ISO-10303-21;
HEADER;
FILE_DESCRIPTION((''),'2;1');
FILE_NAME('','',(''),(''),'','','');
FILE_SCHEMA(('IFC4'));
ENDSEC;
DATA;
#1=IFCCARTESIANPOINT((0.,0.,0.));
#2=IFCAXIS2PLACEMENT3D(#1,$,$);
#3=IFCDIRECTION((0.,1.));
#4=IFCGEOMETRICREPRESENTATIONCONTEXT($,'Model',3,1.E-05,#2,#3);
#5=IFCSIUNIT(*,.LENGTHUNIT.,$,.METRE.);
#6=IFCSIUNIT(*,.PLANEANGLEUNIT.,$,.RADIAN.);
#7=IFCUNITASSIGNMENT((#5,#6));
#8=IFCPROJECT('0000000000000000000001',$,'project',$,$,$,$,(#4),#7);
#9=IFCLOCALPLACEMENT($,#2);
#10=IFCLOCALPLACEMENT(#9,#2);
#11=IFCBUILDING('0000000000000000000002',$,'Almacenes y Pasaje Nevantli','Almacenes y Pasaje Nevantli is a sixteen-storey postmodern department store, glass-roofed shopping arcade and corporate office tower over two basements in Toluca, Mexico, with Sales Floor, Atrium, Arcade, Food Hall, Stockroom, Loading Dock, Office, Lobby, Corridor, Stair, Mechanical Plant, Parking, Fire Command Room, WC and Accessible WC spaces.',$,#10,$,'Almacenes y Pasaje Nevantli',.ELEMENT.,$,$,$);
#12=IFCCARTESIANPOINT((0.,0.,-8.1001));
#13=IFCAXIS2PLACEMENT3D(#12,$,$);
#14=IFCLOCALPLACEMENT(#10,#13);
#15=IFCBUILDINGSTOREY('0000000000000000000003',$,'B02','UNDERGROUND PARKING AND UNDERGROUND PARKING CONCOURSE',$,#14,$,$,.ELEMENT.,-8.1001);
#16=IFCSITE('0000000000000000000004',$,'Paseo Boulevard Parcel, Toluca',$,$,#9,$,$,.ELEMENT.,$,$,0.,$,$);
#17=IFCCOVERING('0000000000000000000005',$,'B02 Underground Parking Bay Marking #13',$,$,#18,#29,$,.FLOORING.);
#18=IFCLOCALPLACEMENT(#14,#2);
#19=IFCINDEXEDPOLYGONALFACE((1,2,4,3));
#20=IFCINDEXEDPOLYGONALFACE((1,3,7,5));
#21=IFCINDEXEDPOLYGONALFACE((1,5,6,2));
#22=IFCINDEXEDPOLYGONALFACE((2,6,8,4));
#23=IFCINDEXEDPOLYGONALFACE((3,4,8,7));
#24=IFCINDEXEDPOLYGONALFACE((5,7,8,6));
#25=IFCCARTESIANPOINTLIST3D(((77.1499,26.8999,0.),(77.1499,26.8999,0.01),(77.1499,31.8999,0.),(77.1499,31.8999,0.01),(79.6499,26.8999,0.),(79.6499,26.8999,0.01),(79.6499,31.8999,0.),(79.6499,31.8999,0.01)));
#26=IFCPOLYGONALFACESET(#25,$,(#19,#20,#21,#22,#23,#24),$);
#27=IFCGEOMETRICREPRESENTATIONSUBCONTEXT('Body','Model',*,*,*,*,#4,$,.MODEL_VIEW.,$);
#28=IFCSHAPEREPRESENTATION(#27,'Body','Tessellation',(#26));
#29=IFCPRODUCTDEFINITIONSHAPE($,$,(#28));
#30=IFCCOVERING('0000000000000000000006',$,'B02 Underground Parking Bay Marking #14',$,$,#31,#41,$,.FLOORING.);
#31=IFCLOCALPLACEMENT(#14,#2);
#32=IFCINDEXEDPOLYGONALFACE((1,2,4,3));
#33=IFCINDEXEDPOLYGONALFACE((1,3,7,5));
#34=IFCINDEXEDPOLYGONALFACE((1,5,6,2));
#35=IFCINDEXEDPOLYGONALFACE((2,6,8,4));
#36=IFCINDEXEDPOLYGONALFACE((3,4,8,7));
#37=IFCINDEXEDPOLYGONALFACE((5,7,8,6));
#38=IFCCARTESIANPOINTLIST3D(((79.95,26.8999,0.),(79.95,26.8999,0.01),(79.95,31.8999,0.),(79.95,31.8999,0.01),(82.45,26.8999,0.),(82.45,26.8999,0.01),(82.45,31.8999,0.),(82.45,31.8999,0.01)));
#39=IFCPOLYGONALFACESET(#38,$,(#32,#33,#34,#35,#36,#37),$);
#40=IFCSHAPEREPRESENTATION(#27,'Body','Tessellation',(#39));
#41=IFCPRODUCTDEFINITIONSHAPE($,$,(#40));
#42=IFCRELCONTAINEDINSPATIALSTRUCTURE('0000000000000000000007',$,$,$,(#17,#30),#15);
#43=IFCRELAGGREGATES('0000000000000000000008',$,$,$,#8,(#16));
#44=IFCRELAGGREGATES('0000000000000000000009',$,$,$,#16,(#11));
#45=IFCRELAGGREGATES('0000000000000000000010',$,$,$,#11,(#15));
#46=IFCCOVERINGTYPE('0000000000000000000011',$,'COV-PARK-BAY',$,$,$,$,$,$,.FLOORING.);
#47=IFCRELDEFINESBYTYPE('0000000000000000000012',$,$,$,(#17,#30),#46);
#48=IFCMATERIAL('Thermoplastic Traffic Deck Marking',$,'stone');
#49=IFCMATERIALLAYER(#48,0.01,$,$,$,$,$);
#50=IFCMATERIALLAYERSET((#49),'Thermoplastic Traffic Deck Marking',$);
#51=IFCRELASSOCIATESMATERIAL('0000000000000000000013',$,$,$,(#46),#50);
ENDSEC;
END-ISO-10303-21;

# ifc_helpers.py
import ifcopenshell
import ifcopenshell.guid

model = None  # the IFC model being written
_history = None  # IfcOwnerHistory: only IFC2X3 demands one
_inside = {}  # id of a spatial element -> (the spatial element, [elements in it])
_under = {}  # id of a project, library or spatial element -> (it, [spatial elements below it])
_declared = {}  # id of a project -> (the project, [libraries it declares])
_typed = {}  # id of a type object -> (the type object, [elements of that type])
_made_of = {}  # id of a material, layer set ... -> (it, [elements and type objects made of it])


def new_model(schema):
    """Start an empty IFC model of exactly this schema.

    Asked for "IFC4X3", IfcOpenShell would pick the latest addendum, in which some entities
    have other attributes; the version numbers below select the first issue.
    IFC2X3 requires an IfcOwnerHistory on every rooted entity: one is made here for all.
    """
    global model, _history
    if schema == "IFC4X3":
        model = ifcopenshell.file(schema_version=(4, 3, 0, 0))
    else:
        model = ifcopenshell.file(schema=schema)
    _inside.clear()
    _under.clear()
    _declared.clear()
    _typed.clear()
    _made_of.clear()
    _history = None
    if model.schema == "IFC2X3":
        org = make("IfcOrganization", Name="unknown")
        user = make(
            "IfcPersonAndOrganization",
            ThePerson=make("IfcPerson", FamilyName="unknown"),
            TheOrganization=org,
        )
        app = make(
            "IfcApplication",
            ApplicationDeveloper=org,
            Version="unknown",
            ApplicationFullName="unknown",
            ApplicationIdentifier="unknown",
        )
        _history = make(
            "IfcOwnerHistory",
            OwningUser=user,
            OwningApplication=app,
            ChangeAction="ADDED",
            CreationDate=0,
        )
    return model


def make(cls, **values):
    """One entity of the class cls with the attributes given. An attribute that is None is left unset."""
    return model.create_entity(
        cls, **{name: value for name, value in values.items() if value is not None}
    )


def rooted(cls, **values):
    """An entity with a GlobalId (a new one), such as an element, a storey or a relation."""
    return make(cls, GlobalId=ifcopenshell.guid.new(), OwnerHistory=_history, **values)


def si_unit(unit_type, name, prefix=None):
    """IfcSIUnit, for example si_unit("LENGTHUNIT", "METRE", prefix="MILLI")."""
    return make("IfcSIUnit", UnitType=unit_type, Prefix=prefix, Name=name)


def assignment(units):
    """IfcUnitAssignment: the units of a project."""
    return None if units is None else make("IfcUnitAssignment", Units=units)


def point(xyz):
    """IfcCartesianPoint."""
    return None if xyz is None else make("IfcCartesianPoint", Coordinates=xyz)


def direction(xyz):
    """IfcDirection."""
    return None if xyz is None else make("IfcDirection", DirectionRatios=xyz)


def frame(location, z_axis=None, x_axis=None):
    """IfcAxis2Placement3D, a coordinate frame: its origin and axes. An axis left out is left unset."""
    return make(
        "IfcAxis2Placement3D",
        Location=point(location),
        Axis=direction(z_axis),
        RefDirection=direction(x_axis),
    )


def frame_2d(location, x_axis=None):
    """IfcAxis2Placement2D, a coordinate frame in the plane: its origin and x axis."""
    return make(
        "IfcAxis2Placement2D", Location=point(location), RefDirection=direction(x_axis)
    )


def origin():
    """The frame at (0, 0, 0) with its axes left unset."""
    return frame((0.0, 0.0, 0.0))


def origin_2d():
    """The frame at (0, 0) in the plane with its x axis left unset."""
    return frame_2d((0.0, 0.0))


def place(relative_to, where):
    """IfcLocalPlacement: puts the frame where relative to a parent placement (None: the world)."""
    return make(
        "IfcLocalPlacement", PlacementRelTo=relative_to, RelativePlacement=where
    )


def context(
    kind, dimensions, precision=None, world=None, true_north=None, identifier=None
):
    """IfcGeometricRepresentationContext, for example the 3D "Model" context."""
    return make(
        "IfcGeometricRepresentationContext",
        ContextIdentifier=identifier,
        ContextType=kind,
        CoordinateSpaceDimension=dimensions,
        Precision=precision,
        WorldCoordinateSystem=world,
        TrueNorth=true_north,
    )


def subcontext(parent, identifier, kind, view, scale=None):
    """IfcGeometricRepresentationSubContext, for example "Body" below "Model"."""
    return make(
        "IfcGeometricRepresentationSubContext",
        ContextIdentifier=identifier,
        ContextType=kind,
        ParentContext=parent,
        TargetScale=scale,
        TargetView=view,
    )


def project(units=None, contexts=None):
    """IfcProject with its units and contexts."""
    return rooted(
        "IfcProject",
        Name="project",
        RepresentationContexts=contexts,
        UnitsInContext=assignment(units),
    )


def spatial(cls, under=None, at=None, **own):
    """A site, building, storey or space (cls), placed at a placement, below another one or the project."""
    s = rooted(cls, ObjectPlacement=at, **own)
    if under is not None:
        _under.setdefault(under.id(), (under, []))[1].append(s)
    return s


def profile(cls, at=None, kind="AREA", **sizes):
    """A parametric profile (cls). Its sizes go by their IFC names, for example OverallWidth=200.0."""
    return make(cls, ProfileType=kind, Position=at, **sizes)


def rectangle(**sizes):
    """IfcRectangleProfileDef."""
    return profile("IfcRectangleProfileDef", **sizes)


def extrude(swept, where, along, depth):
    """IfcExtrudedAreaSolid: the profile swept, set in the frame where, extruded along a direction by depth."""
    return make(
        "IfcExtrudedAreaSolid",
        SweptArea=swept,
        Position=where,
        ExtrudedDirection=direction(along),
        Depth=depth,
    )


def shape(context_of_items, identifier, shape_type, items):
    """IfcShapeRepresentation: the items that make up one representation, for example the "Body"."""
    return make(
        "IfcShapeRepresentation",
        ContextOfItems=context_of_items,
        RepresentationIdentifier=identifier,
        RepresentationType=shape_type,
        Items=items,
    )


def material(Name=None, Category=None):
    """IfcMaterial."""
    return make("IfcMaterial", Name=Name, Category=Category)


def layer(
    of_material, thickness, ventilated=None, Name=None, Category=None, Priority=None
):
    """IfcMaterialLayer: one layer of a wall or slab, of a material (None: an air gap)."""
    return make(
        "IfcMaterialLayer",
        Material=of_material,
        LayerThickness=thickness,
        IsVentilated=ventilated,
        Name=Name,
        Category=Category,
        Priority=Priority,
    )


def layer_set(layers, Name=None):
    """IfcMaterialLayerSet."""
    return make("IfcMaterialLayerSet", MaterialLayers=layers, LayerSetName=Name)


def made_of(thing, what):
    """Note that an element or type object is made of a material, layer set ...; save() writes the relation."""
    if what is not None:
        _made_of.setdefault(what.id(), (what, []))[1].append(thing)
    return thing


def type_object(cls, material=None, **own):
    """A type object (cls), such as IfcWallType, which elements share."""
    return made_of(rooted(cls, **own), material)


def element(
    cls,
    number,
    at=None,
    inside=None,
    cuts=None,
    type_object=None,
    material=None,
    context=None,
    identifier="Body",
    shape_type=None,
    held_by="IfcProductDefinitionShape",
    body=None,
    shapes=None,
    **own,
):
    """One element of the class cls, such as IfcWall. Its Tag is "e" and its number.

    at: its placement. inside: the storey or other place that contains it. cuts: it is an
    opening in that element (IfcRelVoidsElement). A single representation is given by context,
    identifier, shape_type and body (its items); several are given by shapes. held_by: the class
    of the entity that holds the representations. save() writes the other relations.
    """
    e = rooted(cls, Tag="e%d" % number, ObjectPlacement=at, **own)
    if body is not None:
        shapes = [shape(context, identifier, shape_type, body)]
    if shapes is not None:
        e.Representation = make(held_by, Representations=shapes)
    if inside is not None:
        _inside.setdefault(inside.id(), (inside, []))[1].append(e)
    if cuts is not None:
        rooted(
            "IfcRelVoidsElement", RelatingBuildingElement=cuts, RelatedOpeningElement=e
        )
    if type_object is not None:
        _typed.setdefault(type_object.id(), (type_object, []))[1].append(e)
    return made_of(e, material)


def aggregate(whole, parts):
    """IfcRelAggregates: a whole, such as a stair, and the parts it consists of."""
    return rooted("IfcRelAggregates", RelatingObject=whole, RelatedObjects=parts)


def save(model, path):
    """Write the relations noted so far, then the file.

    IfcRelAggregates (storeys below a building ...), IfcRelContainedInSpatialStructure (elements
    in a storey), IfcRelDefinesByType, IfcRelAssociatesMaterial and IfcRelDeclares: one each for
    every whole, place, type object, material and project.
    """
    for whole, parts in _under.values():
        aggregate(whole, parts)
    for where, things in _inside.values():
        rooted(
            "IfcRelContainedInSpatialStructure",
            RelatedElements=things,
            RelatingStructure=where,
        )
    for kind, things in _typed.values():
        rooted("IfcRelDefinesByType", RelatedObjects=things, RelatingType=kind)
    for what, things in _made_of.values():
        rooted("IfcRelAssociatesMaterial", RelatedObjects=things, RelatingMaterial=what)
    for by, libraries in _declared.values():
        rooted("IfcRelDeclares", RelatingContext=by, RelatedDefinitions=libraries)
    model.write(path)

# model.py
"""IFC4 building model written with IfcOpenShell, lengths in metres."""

from ifc_helpers import new_model, si_unit, direction, frame, origin, origin_2d, place, context, subcontext, project, spatial, rectangle, extrude, material, layer, layer_set, type_object, element, save


model = new_model("IFC4")

# Units and contexts
model_context = context("Model", 3, precision=1e-05, world=origin(), true_north=direction((0.0, 1.0)))
body_context = subcontext(model_context, "Body", "Model", "MODEL_VIEW")
ifc_project = project(units=[si_unit("LENGTHUNIT", "METRE"), si_unit("PLANEANGLEUNIT", "RADIAN")], contexts=[model_context])

# Site, building, storey
site_placement = place(None, origin())
site = spatial("IfcSite", under=ifc_project, at=site_placement, Name="Paseo Boulevard Parcel, Toluca", CompositionType="ELEMENT", RefElevation=0.0)
building_placement = place(site_placement, origin())
building = spatial("IfcBuilding", under=site, at=building_placement, Name="Almacenes y Pasaje Nevantli", Description="Almacenes y Pasaje Nevantli is a sixteen-storey postmodern department store, glass-roofed shopping arcade and corporate office tower over two basements in Toluca, Mexico, with Sales Floor, Atrium, Arcade, Food Hall, Stockroom, Loading Dock, Office, Lobby, Corridor, Stair, Mechanical Plant, Parking, Fire Command Room, WC and Accessible WC spaces.", LongName="Almacenes y Pasaje Nevantli", CompositionType="ELEMENT")
storey_placement = place(building_placement, frame((0.0, 0.0, -8.1001)))
storey = spatial("IfcBuildingStorey", under=building, at=storey_placement, Name="B02", Description="UNDERGROUND PARKING AND UNDERGROUND PARKING CONCOURSE", CompositionType="ELEMENT", Elevation=-8.1001)

# Coverings
ifc_material_1 = material(Name="Thermoplastic Traffic Deck Marking", Category="stone")
ifc_layer_1 = layer(ifc_material_1, 0.01)
ifc_layer_set_1 = layer_set([ifc_layer_1], Name="Thermoplastic Traffic Deck Marking")
covering_type = type_object("IfcCoveringType", Name="COV-PARK-BAY", PredefinedType="FLOORING", material=ifc_layer_set_1)
for number, where, z_axis, x_axis, name in (
    (1, (78.3999, 29.3999, 0.0), (0.0, 0.0, 1.0), (1.0, 0.0, 0.0), "B02 Underground Parking Bay Marking #13"),
    (2, (81.2, 29.3999, 0.0), (0.0, 0.0, 1.0), (1.0, 0.0, 0.0), "B02 Underground Parking Bay Marking #14"),
):
    element("IfcCovering", number, at=place(storey_placement, frame(where, z_axis=z_axis, x_axis=x_axis)), inside=storey, type_object=covering_type, Name=name, PredefinedType="FLOORING", context=body_context, shape_type="SweptSolid", body=[
        extrude(rectangle(XDim=2.5, YDim=5.0, at=origin_2d()), origin(), (0.0, 0.0, 1.0), 0.01),
    ])

save(model, "model.ifc")
